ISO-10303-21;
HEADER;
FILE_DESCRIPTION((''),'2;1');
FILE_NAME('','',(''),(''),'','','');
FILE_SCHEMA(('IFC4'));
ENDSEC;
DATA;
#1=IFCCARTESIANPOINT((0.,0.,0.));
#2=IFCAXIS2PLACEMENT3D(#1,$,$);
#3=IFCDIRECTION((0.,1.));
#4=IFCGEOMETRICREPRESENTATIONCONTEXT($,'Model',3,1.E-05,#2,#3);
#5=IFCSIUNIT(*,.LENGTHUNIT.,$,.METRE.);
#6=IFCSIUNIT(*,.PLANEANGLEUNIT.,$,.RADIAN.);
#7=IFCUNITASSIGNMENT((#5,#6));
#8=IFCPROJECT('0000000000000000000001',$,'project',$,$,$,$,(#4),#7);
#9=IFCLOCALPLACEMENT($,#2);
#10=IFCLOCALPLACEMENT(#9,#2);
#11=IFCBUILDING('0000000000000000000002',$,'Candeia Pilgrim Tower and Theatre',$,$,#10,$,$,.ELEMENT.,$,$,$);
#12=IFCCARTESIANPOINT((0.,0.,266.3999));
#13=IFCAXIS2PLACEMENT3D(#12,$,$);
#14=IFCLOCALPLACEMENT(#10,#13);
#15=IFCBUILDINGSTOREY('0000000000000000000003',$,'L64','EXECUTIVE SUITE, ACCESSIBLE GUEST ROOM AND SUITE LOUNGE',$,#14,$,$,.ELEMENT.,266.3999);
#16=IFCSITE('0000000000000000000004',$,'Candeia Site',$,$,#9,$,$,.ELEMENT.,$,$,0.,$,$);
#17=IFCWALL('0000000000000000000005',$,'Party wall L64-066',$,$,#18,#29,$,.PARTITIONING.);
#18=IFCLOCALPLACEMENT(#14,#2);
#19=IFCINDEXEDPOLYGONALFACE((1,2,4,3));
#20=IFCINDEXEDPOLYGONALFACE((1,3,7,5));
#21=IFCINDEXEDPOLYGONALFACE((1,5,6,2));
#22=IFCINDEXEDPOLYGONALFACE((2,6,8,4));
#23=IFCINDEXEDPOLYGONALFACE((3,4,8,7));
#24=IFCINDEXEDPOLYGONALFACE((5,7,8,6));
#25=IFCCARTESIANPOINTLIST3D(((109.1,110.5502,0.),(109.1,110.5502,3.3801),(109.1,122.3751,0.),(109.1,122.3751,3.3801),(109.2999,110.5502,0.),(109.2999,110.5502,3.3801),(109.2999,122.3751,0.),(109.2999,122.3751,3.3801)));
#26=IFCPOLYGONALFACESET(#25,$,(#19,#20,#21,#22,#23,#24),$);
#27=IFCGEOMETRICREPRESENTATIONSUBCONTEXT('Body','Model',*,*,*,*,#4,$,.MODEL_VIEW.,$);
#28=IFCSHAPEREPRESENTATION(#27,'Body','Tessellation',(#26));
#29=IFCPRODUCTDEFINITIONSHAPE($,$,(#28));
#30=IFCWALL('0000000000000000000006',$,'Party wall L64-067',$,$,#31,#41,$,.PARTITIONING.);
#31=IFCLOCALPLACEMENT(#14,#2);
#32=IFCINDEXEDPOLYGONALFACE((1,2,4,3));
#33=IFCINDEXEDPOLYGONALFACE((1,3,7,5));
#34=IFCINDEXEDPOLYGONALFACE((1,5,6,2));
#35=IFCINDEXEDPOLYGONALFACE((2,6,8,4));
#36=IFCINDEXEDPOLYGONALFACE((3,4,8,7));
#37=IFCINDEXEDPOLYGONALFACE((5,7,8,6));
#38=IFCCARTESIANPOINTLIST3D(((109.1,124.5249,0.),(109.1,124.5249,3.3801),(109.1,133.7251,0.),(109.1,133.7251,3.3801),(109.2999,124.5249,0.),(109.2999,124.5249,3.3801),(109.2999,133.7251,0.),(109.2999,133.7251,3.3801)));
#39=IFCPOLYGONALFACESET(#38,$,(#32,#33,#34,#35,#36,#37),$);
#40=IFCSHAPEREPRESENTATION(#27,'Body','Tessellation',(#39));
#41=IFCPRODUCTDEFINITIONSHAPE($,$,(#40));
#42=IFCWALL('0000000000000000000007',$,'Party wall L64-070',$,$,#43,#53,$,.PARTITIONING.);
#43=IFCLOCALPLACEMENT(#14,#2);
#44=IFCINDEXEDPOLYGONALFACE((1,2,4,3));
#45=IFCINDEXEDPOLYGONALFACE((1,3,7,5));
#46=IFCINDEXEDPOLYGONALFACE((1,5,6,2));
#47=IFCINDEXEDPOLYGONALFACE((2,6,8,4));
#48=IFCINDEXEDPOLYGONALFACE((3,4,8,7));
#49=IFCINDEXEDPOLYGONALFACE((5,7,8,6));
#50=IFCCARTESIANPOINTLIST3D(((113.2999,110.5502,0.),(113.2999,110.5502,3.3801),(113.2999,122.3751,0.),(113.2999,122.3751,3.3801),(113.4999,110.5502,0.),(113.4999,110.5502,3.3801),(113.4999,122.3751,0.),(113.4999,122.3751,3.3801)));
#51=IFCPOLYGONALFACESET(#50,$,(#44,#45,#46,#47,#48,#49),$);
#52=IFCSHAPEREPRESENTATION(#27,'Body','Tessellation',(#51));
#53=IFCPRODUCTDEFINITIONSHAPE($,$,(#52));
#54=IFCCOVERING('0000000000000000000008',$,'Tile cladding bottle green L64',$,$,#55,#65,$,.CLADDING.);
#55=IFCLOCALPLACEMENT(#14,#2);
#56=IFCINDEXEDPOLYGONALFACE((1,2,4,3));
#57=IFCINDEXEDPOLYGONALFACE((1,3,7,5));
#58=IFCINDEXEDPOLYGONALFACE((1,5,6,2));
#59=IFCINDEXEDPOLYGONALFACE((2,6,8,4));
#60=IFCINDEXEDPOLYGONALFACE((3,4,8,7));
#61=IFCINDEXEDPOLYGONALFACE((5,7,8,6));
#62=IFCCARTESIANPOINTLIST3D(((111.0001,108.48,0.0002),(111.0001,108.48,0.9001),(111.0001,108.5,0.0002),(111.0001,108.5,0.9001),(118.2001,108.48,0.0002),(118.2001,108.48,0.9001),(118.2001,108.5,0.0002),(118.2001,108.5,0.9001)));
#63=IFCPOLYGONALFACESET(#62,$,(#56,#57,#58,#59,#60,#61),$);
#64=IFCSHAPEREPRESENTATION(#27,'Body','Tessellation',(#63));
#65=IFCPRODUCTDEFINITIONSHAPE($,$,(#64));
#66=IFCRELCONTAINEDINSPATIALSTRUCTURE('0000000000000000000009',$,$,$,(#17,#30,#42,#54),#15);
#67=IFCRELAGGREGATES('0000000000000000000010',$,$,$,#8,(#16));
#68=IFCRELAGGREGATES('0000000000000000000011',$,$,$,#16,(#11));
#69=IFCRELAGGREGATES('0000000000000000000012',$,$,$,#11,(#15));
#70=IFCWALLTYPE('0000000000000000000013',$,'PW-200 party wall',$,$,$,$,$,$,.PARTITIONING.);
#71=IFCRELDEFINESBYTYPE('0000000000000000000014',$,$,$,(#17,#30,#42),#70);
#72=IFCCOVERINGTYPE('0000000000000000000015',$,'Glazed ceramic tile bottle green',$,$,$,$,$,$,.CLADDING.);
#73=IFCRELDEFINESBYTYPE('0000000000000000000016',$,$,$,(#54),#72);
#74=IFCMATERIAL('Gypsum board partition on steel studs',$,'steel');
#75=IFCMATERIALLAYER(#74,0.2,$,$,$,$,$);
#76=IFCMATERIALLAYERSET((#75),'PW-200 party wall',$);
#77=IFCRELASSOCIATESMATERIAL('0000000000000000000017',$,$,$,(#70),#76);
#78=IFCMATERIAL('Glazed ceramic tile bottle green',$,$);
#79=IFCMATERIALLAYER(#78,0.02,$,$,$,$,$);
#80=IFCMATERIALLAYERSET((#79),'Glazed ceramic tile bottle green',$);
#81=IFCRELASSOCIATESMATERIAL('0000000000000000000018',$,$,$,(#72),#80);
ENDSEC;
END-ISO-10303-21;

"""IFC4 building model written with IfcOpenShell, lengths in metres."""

from ifc_helpers import new_model, si_unit, direction, frame, frame_2d, origin, origin_2d, place, context, subcontext, project, spatial, rectangle, extrude, material, layer, layer_set, type_object, element, save


model = new_model("IFC4")

# Units and contexts
model_context = context("Model", 3, precision=1e-05, world=origin(), true_north=direction((0.0, 1.0)))
body_context = subcontext(model_context, "Body", "Model", "MODEL_VIEW")
ifc_project = project(units=[si_unit("LENGTHUNIT", "METRE"), si_unit("PLANEANGLEUNIT", "RADIAN")], contexts=[model_context])

# Site, building, storey
site_placement = place(None, origin())
site = spatial("IfcSite", under=ifc_project, at=site_placement, Name="Candeia Site", CompositionType="ELEMENT", RefElevation=0.0)
building_placement = place(site_placement, origin())
building = spatial("IfcBuilding", under=site, at=building_placement, Name="Candeia Pilgrim Tower and Theatre", CompositionType="ELEMENT")
storey_placement = place(building_placement, frame((0.0, 0.0, 266.3999)))
storey = spatial("IfcBuildingStorey", under=building, at=storey_placement, Name="L64", Description="EXECUTIVE SUITE, ACCESSIBLE GUEST ROOM AND SUITE LOUNGE", CompositionType="ELEMENT", Elevation=266.3999)

# Shared definitions
ifc_material_1 = material(Name="Gypsum board partition on steel studs", Category="steel")

# Walls
ifc_layer_1 = layer(ifc_material_1, 0.2)
ifc_layer_set_1 = layer_set([ifc_layer_1], Name="PW-200 party wall")
wall_type_1 = type_object("IfcWallType", Name="PW-200 party wall", PredefinedType="PARTITIONING", material=ifc_layer_set_1)
wall_1_placement = place(storey_placement, frame((109.2, 110.55, 0.0), z_axis=(0.0, 0.0, 1.0), x_axis=(0.0, 1.0, 0.0)))
element("IfcWall", 1, at=wall_1_placement, inside=storey, type_object=wall_type_1, Name="Party wall L64-066", PredefinedType="PARTITIONING", context=body_context, shape_type="SweptSolid", body=[
    extrude(rectangle(XDim=11.825, YDim=0.2, at=frame_2d((5.9126, 0.0))), origin(), (0.0, 0.0, 1.0), 3.3801),
])
wall_2_placement = place(storey_placement, frame((109.2, 124.5249, 0.0), z_axis=(0.0, 0.0, 1.0), x_axis=(0.0, 1.0, 0.0)))
element("IfcWall", 2, at=wall_2_placement, inside=storey, type_object=wall_type_1, Name="Party wall L64-067", PredefinedType="PARTITIONING", context=body_context, shape_type="SweptSolid", body=[
    extrude(rectangle(XDim=9.2002, YDim=0.2, at=frame_2d((4.6001, 0.0))), origin(), (0.0, 0.0, 1.0), 3.3801),
])
wall_3_placement = place(storey_placement, frame((113.3999, 110.55, 0.0), z_axis=(0.0, 0.0, 1.0), x_axis=(0.0, 1.0, 0.0)))
element("IfcWall", 3, at=wall_3_placement, inside=storey, type_object=wall_type_1, Name="Party wall L64-070", PredefinedType="PARTITIONING", context=body_context, shape_type="SweptSolid", body=[
    extrude(rectangle(XDim=11.825, YDim=0.2, at=frame_2d((5.9126, 0.0))), origin(), (0.0, 0.0, 1.0), 3.3801),
])

# Covering
ifc_material_2 = material(Name="Glazed ceramic tile bottle green")
ifc_layer_2 = layer(ifc_material_2, 0.02)
ifc_layer_set_2 = layer_set([ifc_layer_2], Name="Glazed ceramic tile bottle green")
covering_type = type_object("IfcCoveringType", Name="Glazed ceramic tile bottle green", PredefinedType="CLADDING", material=ifc_layer_set_2)
covering_placement = place(storey_placement, frame((114.6001, 108.49, 0.0002), z_axis=(0.0, 0.0, 1.0), x_axis=(1.0, 0.0, 0.0)))
element("IfcCovering", 4, at=covering_placement, inside=storey, type_object=covering_type, Name="Tile cladding bottle green L64", PredefinedType="CLADDING", context=body_context, shape_type="SweptSolid", body=[
    extrude(rectangle(XDim=7.2, YDim=0.02, at=origin_2d()), origin(), (0.0, 0.0, 1.0), 0.8999),
])

save(model, "model.ifc")
